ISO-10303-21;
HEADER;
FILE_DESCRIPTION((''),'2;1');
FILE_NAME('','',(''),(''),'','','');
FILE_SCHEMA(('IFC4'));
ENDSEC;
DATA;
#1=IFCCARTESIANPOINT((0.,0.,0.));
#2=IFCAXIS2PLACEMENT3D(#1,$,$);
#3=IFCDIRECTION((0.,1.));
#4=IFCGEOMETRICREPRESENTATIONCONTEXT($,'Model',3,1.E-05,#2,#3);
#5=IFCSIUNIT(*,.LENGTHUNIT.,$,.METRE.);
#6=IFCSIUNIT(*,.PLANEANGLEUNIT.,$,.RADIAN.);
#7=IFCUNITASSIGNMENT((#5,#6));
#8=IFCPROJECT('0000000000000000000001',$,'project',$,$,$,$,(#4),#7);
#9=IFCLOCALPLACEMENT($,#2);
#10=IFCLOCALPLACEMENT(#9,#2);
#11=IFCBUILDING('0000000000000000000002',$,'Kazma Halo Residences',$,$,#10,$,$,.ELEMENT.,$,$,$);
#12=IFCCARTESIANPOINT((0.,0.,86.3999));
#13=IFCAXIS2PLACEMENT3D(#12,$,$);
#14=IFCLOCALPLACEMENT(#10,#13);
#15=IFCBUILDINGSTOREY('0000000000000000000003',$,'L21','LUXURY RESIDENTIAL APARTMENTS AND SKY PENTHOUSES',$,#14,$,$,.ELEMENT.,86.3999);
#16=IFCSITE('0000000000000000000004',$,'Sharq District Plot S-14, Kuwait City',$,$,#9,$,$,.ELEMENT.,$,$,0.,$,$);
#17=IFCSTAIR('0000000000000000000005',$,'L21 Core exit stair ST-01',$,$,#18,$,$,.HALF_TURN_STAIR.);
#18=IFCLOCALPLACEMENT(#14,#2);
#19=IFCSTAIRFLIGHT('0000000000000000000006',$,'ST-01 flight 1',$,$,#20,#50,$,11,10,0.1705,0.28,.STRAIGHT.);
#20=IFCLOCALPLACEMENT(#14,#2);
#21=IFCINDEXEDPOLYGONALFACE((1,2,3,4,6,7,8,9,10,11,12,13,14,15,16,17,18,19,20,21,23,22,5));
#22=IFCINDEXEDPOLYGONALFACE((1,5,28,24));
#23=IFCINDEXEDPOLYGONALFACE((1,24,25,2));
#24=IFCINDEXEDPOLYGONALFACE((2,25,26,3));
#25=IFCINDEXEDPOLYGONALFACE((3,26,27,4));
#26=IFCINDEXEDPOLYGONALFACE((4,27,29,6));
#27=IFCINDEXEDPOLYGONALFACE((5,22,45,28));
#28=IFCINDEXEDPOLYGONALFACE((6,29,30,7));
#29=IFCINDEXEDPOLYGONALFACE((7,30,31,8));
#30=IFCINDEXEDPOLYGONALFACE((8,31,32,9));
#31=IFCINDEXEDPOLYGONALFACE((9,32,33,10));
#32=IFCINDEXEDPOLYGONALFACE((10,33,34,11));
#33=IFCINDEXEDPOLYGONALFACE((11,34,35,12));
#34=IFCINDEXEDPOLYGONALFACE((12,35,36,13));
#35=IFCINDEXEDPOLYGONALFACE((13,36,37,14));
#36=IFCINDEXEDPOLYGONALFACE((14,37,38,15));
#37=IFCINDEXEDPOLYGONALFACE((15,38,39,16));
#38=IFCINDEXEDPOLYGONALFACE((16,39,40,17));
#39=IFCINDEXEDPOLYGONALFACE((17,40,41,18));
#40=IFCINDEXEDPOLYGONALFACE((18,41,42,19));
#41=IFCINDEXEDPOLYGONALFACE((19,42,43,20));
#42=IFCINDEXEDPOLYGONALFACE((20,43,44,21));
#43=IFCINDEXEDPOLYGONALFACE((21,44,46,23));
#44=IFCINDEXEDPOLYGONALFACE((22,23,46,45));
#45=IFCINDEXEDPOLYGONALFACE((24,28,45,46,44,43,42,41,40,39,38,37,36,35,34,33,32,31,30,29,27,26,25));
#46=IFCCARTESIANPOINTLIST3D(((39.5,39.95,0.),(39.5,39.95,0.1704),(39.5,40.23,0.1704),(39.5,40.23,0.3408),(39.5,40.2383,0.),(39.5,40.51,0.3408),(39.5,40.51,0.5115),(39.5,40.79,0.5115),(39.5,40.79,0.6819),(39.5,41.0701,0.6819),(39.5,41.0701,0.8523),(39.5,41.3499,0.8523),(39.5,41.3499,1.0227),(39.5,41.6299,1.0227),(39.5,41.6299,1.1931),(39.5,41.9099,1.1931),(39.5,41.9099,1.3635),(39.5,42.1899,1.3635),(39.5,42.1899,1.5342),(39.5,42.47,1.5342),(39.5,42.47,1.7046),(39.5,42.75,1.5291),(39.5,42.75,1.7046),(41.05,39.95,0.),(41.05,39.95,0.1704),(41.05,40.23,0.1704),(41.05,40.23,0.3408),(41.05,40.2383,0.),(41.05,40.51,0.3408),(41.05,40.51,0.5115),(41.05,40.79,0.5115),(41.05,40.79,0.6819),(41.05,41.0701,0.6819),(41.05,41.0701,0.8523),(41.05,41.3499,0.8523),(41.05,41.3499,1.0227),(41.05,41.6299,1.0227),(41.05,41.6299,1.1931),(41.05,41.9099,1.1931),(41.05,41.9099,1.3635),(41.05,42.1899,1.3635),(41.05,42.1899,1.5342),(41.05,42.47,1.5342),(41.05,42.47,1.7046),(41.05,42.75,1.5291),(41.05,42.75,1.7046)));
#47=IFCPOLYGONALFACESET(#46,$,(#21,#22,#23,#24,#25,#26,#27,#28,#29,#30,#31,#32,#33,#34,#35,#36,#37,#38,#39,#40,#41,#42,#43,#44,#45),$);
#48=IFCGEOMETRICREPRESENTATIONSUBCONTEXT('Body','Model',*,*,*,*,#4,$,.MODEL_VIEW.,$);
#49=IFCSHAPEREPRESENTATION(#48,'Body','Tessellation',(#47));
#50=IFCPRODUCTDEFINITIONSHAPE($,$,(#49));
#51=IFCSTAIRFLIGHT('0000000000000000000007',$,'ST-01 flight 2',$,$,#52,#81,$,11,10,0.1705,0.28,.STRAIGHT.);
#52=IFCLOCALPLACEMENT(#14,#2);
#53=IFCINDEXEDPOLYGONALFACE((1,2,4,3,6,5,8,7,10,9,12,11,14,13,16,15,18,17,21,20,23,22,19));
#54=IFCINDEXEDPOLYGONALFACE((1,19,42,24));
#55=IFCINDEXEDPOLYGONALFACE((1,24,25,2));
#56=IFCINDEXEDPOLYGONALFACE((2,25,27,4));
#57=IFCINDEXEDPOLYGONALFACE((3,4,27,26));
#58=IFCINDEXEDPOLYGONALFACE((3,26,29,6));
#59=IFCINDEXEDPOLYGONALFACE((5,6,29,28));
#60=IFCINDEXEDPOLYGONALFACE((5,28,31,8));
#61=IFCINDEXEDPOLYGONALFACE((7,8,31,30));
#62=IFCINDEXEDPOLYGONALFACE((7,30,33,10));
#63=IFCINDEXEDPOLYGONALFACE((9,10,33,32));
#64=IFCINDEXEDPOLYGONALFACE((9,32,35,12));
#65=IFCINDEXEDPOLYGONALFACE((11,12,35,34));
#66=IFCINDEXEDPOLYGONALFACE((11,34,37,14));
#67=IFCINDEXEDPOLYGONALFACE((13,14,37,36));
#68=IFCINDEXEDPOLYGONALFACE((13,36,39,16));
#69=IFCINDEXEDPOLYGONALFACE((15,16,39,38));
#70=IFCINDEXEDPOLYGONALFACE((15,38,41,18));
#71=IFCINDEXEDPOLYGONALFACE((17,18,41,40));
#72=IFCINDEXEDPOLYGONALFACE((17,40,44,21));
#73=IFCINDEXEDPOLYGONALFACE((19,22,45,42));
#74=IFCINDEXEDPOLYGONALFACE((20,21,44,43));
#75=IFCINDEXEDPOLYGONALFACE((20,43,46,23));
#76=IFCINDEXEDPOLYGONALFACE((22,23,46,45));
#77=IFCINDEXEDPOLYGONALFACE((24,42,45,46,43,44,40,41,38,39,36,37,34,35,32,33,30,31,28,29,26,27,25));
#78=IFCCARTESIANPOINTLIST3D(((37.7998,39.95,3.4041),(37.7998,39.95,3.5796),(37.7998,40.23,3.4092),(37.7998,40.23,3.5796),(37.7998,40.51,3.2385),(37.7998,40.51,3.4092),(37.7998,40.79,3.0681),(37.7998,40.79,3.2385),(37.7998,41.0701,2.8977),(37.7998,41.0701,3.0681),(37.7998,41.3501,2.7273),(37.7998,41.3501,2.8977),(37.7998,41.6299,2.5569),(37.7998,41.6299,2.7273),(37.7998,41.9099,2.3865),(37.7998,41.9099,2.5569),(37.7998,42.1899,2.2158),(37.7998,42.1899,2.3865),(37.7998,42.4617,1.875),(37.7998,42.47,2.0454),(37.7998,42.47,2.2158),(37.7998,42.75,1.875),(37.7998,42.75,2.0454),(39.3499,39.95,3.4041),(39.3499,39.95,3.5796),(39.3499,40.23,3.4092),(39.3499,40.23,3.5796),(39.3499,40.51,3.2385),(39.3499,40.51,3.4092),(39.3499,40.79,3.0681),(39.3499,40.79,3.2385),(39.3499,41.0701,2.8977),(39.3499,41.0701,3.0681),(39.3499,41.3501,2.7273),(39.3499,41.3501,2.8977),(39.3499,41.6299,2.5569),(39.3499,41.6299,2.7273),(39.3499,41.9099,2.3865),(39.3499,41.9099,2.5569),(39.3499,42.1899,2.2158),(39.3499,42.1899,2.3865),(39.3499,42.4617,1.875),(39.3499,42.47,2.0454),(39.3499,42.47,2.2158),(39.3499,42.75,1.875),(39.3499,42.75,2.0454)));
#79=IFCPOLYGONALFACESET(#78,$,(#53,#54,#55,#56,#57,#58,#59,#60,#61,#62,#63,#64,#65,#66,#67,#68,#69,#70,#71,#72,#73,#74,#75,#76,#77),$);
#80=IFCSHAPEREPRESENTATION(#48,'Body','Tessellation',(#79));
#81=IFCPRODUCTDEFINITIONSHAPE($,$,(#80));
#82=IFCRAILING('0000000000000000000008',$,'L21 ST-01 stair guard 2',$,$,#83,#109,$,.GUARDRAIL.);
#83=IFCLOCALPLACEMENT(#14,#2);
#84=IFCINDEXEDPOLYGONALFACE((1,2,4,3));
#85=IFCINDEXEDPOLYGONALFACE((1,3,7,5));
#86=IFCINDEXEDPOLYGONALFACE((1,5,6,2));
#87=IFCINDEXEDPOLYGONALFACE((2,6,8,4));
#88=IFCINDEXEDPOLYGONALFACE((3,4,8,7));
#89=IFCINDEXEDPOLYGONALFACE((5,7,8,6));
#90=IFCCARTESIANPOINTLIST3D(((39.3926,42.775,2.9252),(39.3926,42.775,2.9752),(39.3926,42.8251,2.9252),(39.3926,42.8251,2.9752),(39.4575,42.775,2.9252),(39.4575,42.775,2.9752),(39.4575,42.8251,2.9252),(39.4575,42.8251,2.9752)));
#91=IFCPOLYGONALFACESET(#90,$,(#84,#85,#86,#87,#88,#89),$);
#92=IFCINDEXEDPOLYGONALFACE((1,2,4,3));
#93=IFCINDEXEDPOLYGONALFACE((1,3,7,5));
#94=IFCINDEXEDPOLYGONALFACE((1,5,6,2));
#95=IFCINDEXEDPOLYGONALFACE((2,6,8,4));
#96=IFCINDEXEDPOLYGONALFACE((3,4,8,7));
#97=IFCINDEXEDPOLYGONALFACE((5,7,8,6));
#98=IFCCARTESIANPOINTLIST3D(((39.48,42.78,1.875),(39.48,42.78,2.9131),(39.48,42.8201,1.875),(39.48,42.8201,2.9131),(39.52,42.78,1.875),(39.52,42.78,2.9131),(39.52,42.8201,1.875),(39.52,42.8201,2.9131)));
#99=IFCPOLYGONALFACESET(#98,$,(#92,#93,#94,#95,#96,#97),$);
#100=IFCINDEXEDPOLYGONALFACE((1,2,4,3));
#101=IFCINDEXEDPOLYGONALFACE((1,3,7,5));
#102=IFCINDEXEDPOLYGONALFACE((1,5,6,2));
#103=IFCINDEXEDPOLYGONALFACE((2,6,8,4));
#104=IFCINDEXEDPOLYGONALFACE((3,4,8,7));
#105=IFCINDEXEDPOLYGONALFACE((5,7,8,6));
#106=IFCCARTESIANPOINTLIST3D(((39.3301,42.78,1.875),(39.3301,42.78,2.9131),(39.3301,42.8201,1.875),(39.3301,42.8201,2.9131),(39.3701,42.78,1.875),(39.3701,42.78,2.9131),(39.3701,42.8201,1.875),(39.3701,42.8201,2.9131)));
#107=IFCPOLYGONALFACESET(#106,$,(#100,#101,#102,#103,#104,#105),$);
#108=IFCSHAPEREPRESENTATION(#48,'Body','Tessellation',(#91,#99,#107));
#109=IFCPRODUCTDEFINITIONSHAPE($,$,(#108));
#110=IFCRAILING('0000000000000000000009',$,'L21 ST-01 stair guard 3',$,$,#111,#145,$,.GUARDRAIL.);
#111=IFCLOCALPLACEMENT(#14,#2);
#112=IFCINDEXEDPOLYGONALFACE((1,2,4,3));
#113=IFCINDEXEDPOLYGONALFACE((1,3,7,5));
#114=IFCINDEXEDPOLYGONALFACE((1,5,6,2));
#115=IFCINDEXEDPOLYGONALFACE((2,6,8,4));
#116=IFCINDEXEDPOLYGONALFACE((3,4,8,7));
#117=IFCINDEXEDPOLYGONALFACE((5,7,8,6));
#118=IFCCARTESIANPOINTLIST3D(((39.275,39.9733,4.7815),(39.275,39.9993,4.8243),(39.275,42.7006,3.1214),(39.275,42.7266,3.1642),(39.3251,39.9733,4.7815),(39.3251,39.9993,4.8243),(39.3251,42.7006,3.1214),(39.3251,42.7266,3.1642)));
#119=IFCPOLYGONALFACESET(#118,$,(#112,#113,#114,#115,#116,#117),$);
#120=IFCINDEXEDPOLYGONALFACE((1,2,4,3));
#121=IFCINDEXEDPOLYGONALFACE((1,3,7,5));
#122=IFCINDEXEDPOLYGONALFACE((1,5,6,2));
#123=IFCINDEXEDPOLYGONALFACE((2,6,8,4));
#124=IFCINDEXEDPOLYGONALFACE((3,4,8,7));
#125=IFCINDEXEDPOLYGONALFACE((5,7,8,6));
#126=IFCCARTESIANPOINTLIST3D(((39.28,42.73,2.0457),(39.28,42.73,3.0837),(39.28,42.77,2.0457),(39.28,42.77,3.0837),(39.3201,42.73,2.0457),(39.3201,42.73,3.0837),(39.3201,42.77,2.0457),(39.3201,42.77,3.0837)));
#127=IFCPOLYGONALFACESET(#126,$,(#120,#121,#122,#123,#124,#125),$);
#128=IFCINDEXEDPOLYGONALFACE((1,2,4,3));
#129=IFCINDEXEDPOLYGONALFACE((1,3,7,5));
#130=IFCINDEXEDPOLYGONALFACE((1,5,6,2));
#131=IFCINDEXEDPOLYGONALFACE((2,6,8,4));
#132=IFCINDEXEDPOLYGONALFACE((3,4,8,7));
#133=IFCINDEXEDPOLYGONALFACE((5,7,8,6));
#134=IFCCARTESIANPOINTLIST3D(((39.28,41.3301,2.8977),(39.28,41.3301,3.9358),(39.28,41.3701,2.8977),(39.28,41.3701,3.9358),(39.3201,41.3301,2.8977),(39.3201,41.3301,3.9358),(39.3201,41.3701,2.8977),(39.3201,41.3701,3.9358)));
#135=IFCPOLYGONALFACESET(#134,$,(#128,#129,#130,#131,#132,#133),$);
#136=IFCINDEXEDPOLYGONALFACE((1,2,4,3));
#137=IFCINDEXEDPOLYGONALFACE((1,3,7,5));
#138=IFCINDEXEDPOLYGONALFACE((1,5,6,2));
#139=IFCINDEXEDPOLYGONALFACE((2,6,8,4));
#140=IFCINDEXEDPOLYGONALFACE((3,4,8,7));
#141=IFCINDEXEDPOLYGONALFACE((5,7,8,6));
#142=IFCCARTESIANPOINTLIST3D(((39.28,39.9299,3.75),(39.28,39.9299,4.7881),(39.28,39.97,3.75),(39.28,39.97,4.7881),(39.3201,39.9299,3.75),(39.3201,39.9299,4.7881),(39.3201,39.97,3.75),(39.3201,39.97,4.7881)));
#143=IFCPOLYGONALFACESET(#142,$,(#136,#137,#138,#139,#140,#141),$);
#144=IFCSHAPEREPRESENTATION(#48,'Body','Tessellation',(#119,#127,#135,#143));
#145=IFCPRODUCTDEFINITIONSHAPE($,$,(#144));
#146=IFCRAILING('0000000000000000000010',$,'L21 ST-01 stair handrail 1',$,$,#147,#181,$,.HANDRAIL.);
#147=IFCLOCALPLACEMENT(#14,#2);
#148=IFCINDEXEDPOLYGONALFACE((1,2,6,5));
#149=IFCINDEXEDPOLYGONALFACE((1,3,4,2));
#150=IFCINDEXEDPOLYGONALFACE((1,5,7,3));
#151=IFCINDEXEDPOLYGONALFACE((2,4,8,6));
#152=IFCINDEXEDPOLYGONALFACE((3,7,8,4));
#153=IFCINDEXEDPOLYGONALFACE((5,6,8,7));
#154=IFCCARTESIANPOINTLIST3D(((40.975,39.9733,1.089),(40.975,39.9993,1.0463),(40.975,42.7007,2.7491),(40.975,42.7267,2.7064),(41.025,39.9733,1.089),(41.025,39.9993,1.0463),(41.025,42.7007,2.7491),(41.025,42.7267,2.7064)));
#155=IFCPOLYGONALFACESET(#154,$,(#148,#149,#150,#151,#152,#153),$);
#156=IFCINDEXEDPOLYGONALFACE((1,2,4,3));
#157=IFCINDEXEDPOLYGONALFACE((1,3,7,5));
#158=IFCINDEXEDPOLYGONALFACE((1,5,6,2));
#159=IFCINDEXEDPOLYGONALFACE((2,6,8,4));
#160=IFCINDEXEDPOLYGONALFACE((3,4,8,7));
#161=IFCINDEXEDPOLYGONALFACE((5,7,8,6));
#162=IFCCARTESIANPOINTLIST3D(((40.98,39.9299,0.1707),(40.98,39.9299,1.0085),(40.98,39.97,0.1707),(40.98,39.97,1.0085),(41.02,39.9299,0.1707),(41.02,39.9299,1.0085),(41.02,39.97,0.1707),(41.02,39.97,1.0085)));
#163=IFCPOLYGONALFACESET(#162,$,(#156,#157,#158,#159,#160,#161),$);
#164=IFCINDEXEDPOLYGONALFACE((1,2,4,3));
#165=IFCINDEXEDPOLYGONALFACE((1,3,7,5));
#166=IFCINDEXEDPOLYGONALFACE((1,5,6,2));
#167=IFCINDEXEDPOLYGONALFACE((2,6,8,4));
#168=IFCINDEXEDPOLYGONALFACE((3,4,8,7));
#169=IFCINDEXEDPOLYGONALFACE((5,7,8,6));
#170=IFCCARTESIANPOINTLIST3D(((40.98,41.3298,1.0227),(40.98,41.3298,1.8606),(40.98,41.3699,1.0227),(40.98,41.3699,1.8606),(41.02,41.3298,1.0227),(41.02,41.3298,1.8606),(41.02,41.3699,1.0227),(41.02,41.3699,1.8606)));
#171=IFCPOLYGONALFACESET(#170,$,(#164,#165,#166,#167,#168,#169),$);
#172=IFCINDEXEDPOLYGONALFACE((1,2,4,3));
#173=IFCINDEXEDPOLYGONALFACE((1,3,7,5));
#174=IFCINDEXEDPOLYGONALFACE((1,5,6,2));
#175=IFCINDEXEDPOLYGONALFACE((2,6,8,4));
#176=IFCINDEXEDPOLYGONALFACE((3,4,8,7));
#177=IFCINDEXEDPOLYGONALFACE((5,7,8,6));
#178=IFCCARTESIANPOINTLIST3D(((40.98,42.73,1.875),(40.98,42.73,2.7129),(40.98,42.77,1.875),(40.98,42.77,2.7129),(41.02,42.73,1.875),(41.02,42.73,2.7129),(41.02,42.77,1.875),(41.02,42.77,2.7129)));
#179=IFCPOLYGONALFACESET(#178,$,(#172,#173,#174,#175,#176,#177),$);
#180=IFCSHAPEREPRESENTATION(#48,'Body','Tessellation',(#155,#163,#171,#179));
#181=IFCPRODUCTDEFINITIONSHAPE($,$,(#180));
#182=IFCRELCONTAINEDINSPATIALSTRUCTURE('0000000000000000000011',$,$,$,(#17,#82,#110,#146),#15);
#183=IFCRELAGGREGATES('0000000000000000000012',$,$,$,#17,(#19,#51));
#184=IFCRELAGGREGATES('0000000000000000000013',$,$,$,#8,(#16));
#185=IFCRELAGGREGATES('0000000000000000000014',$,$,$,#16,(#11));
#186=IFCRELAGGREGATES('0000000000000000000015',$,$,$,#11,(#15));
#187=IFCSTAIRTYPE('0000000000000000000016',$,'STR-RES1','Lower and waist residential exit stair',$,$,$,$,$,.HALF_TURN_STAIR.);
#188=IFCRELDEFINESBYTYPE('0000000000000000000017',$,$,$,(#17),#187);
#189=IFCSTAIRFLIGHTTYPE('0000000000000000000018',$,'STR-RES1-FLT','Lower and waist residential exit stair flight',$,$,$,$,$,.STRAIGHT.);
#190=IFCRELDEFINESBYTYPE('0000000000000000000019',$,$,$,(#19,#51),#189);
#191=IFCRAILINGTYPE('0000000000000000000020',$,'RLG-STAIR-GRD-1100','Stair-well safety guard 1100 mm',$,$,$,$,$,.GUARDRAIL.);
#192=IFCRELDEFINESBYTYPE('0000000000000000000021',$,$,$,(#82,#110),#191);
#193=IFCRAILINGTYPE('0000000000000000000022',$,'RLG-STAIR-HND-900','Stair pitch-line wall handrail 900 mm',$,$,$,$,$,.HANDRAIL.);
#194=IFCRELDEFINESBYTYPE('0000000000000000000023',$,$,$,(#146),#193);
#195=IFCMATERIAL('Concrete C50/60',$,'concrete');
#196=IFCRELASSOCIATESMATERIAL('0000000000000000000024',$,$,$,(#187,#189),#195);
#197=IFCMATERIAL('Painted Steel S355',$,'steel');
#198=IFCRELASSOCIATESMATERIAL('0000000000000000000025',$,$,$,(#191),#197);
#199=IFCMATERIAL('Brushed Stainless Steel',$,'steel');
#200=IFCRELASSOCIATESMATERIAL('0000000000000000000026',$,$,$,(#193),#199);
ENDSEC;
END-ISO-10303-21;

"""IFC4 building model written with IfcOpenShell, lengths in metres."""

from ifc_helpers import new_model, si_unit, direction, frame, origin, origin_2d, place, context, subcontext, project, spatial, polyline, rectangle, outline, extrude, material, type_object, element, aggregate, save


model = new_model("IFC4")

# Units and contexts
model_context = context("Model", 3, precision=1e-05, world=origin(), true_north=direction((0.0, 1.0)))
body_context = subcontext(model_context, "Body", "Model", "MODEL_VIEW")
ifc_project = project(units=[si_unit("LENGTHUNIT", "METRE"), si_unit("PLANEANGLEUNIT", "RADIAN")], contexts=[model_context])

# Site, building, storey
site_placement = place(None, origin())
site = spatial("IfcSite", under=ifc_project, at=site_placement, Name="Sharq District Plot S-14, Kuwait City", CompositionType="ELEMENT", RefElevation=0.0)
building_placement = place(site_placement, origin())
building = spatial("IfcBuilding", under=site, at=building_placement, Name="Kazma Halo Residences", CompositionType="ELEMENT")
storey_placement = place(building_placement, frame((0.0, 0.0, 86.3999)))
storey = spatial("IfcBuildingStorey", under=building, at=storey_placement, Name="L21", Description="LUXURY RESIDENTIAL APARTMENTS AND SKY PENTHOUSES", CompositionType="ELEMENT", Elevation=86.3999)

# Stair, stair flights
ifc_material_1 = material(Name="Concrete C50/60", Category="concrete")
stair_type = type_object("IfcStairType", Name="STR-RES1", Description="Lower and waist residential exit stair", PredefinedType="HALF_TURN_STAIR", material=ifc_material_1)
stair_placement = place(storey_placement, origin())
stair = element("IfcStair", 1, at=stair_placement, inside=storey, type_object=stair_type, Name="L21 Core exit stair ST-01", PredefinedType="HALF_TURN_STAIR")
stair_flight_type = type_object("IfcStairFlightType", Name="STR-RES1-FLT", Description="Lower and waist residential exit stair flight", PredefinedType="STRAIGHT", material=ifc_material_1)
stair_flight_1_placement = place(storey_placement, frame((40.2749, 39.95, 0.0), z_axis=(0.0, 0.0, 1.0), x_axis=(0.0, 1.0, 0.0)))
stair_flight_1 = element("IfcStairFlight", 2, at=stair_flight_1_placement, type_object=stair_flight_type, Name="ST-01 flight 1", NumberOfRisers=11, NumberOfTreads=10, PredefinedType="STRAIGHT", RiserHeight=0.1705, TreadLength=0.28, context=body_context, shape_type="SweptSolid", body=[
    extrude(outline(polyline([(0.0, 0.0), (0.0, 0.1704), (0.28, 0.1704), (0.28, 0.3408), (0.5601, 0.3408), (0.5601, 0.5115), (0.8401, 0.5115), (0.8401, 0.6819), (1.1201, 0.6819), (1.1201, 0.8523), (1.3999, 0.8523), (1.3999, 1.0227), (1.6799, 1.0227), (1.6799, 1.1931), (1.96, 1.1931), (1.96, 1.3635), (2.24, 1.3635), (2.24, 1.5342), (2.52, 1.5342), (2.52, 1.7046), (2.8, 1.7046), (2.8, 1.875), (2.8, 1.5291), (0.2883, 0.0), (0.0, 0.0)])), frame((0.0, 0.7749, 0.0), z_axis=(0.0, -1.0, 0.0), x_axis=(1.0, 0.0, 0.0)), (0.0, 0.0, 1.0), 1.55),
])
stair_flight_2_placement = place(storey_placement, frame((38.575, 42.75, 1.875), z_axis=(0.0, 0.0, 1.0), x_axis=(0.0, -1.0, 0.0)))
stair_flight_2 = element("IfcStairFlight", 3, at=stair_flight_2_placement, type_object=stair_flight_type, Name="ST-01 flight 2", NumberOfRisers=11, NumberOfTreads=10, PredefinedType="STRAIGHT", RiserHeight=0.1705, TreadLength=0.28, context=body_context, shape_type="SweptSolid", body=[
    extrude(outline(polyline([(0.0, 0.0), (0.0, 0.1704), (0.28, 0.1704), (0.28, 0.3408), (0.5601, 0.3408), (0.5601, 0.5115), (0.8401, 0.5115), (0.8401, 0.6819), (1.1201, 0.6819), (1.1201, 0.8523), (1.3999, 0.8523), (1.3999, 1.0227), (1.6799, 1.0227), (1.6799, 1.1931), (1.96, 1.1931), (1.96, 1.3635), (2.24, 1.3635), (2.24, 1.5342), (2.52, 1.5342), (2.52, 1.7046), (2.8, 1.7046), (2.8, 1.875), (2.8, 1.5291), (0.2883, 0.0), (0.0, 0.0)])), frame((0.0, 0.7749, 0.0), z_axis=(0.0, -1.0, 0.0), x_axis=(1.0, 0.0, 0.0)), (0.0, 0.0, 1.0), 1.55),
])
aggregate(stair, [stair_flight_1, stair_flight_2])

# Railings
ifc_material_2 = material(Name="Painted Steel S355", Category="steel")
railing_type_1 = type_object("IfcRailingType", Name="RLG-STAIR-GRD-1100", Description="Stair-well safety guard 1100 mm", PredefinedType="GUARDRAIL", material=ifc_material_2)
railing_1_placement = place(storey_placement, frame((39.5, 42.8, 1.875)))
element("IfcRailing", 4, at=railing_1_placement, inside=storey, type_object=railing_type_1, Name="L21 ST-01 stair guard 2", PredefinedType="GUARDRAIL", context=body_context, shape_type="SweptSolid", body=[
    extrude(rectangle(XDim=0.05, YDim=0.05, at=origin_2d()), frame((-0.0425, 0.0, 1.0752), z_axis=(-1.0, 0.0, 0.0), x_axis=(0.0, -1.0, 0.0)), (0.0, 0.0, 1.0), 0.0649),
    extrude(rectangle(XDim=0.04, YDim=0.04, at=origin_2d()), origin(), (0.0, 0.0, 1.0), 1.0381),
    extrude(rectangle(XDim=0.04, YDim=0.04, at=origin_2d()), frame((-0.1499, 0.0, 0.0)), (0.0, 0.0, 1.0), 1.0381),
])
railing_2_placement = place(storey_placement, frame((39.3, 42.75, 2.0457)))
element("IfcRailing", 5, at=railing_2_placement, inside=storey, type_object=railing_type_1, Name="L21 ST-01 stair guard 3", PredefinedType="GUARDRAIL", context=body_context, shape_type="SweptSolid", body=[
    extrude(rectangle(XDim=0.05, YDim=0.05, at=origin_2d()), frame((0.0, -0.0364, 1.0972), z_axis=(0.0, -0.854203, 0.51994), x_axis=(1.0, 0.0, 0.0)), (0.0, 0.0, 1.0), 3.1929),
    extrude(rectangle(XDim=0.04, YDim=0.04, at=origin_2d()), origin(), (0.0, 0.0, 1.0), 1.0381),
    extrude(rectangle(XDim=0.04, YDim=0.04, at=origin_2d()), frame((0.0, -1.3999, 0.8521)), (0.0, 0.0, 1.0), 1.0381),
    extrude(rectangle(XDim=0.04, YDim=0.04, at=origin_2d()), frame((0.0, -2.8, 1.7043)), (0.0, 0.0, 1.0), 1.0381),
])
ifc_material_3 = material(Name="Brushed Stainless Steel", Category="steel")
railing_type_2 = type_object("IfcRailingType", Name="RLG-STAIR-HND-900", Description="Stair pitch-line wall handrail 900 mm", PredefinedType="HANDRAIL", material=ifc_material_3)
railing_3_placement = place(storey_placement, frame((41.0, 39.95, 0.1707)))
element("IfcRailing", 6, at=railing_3_placement, inside=storey, type_object=railing_type_2, Name="L21 ST-01 stair handrail 1", PredefinedType="HANDRAIL", context=body_context, shape_type="SweptSolid", body=[
    extrude(rectangle(XDim=0.05, YDim=0.05, at=origin_2d()), frame((0.0, 0.0364, 0.897), z_axis=(0.0, 0.854203, 0.51994), x_axis=(-1.0, 0.0, 0.0)), (0.0, 0.0, 1.0), 3.1929),
    extrude(rectangle(XDim=0.04, YDim=0.04, at=origin_2d()), origin(), (0.0, 0.0, 1.0), 0.8379),
    extrude(rectangle(XDim=0.04, YDim=0.04, at=origin_2d()), frame((0.0, 1.3999, 0.8521)), (0.0, 0.0, 1.0), 0.8379),
    extrude(rectangle(XDim=0.04, YDim=0.04, at=origin_2d()), frame((0.0, 2.8, 1.7043)), (0.0, 0.0, 1.0), 0.8379),
])

save(model, "model.ifc")
